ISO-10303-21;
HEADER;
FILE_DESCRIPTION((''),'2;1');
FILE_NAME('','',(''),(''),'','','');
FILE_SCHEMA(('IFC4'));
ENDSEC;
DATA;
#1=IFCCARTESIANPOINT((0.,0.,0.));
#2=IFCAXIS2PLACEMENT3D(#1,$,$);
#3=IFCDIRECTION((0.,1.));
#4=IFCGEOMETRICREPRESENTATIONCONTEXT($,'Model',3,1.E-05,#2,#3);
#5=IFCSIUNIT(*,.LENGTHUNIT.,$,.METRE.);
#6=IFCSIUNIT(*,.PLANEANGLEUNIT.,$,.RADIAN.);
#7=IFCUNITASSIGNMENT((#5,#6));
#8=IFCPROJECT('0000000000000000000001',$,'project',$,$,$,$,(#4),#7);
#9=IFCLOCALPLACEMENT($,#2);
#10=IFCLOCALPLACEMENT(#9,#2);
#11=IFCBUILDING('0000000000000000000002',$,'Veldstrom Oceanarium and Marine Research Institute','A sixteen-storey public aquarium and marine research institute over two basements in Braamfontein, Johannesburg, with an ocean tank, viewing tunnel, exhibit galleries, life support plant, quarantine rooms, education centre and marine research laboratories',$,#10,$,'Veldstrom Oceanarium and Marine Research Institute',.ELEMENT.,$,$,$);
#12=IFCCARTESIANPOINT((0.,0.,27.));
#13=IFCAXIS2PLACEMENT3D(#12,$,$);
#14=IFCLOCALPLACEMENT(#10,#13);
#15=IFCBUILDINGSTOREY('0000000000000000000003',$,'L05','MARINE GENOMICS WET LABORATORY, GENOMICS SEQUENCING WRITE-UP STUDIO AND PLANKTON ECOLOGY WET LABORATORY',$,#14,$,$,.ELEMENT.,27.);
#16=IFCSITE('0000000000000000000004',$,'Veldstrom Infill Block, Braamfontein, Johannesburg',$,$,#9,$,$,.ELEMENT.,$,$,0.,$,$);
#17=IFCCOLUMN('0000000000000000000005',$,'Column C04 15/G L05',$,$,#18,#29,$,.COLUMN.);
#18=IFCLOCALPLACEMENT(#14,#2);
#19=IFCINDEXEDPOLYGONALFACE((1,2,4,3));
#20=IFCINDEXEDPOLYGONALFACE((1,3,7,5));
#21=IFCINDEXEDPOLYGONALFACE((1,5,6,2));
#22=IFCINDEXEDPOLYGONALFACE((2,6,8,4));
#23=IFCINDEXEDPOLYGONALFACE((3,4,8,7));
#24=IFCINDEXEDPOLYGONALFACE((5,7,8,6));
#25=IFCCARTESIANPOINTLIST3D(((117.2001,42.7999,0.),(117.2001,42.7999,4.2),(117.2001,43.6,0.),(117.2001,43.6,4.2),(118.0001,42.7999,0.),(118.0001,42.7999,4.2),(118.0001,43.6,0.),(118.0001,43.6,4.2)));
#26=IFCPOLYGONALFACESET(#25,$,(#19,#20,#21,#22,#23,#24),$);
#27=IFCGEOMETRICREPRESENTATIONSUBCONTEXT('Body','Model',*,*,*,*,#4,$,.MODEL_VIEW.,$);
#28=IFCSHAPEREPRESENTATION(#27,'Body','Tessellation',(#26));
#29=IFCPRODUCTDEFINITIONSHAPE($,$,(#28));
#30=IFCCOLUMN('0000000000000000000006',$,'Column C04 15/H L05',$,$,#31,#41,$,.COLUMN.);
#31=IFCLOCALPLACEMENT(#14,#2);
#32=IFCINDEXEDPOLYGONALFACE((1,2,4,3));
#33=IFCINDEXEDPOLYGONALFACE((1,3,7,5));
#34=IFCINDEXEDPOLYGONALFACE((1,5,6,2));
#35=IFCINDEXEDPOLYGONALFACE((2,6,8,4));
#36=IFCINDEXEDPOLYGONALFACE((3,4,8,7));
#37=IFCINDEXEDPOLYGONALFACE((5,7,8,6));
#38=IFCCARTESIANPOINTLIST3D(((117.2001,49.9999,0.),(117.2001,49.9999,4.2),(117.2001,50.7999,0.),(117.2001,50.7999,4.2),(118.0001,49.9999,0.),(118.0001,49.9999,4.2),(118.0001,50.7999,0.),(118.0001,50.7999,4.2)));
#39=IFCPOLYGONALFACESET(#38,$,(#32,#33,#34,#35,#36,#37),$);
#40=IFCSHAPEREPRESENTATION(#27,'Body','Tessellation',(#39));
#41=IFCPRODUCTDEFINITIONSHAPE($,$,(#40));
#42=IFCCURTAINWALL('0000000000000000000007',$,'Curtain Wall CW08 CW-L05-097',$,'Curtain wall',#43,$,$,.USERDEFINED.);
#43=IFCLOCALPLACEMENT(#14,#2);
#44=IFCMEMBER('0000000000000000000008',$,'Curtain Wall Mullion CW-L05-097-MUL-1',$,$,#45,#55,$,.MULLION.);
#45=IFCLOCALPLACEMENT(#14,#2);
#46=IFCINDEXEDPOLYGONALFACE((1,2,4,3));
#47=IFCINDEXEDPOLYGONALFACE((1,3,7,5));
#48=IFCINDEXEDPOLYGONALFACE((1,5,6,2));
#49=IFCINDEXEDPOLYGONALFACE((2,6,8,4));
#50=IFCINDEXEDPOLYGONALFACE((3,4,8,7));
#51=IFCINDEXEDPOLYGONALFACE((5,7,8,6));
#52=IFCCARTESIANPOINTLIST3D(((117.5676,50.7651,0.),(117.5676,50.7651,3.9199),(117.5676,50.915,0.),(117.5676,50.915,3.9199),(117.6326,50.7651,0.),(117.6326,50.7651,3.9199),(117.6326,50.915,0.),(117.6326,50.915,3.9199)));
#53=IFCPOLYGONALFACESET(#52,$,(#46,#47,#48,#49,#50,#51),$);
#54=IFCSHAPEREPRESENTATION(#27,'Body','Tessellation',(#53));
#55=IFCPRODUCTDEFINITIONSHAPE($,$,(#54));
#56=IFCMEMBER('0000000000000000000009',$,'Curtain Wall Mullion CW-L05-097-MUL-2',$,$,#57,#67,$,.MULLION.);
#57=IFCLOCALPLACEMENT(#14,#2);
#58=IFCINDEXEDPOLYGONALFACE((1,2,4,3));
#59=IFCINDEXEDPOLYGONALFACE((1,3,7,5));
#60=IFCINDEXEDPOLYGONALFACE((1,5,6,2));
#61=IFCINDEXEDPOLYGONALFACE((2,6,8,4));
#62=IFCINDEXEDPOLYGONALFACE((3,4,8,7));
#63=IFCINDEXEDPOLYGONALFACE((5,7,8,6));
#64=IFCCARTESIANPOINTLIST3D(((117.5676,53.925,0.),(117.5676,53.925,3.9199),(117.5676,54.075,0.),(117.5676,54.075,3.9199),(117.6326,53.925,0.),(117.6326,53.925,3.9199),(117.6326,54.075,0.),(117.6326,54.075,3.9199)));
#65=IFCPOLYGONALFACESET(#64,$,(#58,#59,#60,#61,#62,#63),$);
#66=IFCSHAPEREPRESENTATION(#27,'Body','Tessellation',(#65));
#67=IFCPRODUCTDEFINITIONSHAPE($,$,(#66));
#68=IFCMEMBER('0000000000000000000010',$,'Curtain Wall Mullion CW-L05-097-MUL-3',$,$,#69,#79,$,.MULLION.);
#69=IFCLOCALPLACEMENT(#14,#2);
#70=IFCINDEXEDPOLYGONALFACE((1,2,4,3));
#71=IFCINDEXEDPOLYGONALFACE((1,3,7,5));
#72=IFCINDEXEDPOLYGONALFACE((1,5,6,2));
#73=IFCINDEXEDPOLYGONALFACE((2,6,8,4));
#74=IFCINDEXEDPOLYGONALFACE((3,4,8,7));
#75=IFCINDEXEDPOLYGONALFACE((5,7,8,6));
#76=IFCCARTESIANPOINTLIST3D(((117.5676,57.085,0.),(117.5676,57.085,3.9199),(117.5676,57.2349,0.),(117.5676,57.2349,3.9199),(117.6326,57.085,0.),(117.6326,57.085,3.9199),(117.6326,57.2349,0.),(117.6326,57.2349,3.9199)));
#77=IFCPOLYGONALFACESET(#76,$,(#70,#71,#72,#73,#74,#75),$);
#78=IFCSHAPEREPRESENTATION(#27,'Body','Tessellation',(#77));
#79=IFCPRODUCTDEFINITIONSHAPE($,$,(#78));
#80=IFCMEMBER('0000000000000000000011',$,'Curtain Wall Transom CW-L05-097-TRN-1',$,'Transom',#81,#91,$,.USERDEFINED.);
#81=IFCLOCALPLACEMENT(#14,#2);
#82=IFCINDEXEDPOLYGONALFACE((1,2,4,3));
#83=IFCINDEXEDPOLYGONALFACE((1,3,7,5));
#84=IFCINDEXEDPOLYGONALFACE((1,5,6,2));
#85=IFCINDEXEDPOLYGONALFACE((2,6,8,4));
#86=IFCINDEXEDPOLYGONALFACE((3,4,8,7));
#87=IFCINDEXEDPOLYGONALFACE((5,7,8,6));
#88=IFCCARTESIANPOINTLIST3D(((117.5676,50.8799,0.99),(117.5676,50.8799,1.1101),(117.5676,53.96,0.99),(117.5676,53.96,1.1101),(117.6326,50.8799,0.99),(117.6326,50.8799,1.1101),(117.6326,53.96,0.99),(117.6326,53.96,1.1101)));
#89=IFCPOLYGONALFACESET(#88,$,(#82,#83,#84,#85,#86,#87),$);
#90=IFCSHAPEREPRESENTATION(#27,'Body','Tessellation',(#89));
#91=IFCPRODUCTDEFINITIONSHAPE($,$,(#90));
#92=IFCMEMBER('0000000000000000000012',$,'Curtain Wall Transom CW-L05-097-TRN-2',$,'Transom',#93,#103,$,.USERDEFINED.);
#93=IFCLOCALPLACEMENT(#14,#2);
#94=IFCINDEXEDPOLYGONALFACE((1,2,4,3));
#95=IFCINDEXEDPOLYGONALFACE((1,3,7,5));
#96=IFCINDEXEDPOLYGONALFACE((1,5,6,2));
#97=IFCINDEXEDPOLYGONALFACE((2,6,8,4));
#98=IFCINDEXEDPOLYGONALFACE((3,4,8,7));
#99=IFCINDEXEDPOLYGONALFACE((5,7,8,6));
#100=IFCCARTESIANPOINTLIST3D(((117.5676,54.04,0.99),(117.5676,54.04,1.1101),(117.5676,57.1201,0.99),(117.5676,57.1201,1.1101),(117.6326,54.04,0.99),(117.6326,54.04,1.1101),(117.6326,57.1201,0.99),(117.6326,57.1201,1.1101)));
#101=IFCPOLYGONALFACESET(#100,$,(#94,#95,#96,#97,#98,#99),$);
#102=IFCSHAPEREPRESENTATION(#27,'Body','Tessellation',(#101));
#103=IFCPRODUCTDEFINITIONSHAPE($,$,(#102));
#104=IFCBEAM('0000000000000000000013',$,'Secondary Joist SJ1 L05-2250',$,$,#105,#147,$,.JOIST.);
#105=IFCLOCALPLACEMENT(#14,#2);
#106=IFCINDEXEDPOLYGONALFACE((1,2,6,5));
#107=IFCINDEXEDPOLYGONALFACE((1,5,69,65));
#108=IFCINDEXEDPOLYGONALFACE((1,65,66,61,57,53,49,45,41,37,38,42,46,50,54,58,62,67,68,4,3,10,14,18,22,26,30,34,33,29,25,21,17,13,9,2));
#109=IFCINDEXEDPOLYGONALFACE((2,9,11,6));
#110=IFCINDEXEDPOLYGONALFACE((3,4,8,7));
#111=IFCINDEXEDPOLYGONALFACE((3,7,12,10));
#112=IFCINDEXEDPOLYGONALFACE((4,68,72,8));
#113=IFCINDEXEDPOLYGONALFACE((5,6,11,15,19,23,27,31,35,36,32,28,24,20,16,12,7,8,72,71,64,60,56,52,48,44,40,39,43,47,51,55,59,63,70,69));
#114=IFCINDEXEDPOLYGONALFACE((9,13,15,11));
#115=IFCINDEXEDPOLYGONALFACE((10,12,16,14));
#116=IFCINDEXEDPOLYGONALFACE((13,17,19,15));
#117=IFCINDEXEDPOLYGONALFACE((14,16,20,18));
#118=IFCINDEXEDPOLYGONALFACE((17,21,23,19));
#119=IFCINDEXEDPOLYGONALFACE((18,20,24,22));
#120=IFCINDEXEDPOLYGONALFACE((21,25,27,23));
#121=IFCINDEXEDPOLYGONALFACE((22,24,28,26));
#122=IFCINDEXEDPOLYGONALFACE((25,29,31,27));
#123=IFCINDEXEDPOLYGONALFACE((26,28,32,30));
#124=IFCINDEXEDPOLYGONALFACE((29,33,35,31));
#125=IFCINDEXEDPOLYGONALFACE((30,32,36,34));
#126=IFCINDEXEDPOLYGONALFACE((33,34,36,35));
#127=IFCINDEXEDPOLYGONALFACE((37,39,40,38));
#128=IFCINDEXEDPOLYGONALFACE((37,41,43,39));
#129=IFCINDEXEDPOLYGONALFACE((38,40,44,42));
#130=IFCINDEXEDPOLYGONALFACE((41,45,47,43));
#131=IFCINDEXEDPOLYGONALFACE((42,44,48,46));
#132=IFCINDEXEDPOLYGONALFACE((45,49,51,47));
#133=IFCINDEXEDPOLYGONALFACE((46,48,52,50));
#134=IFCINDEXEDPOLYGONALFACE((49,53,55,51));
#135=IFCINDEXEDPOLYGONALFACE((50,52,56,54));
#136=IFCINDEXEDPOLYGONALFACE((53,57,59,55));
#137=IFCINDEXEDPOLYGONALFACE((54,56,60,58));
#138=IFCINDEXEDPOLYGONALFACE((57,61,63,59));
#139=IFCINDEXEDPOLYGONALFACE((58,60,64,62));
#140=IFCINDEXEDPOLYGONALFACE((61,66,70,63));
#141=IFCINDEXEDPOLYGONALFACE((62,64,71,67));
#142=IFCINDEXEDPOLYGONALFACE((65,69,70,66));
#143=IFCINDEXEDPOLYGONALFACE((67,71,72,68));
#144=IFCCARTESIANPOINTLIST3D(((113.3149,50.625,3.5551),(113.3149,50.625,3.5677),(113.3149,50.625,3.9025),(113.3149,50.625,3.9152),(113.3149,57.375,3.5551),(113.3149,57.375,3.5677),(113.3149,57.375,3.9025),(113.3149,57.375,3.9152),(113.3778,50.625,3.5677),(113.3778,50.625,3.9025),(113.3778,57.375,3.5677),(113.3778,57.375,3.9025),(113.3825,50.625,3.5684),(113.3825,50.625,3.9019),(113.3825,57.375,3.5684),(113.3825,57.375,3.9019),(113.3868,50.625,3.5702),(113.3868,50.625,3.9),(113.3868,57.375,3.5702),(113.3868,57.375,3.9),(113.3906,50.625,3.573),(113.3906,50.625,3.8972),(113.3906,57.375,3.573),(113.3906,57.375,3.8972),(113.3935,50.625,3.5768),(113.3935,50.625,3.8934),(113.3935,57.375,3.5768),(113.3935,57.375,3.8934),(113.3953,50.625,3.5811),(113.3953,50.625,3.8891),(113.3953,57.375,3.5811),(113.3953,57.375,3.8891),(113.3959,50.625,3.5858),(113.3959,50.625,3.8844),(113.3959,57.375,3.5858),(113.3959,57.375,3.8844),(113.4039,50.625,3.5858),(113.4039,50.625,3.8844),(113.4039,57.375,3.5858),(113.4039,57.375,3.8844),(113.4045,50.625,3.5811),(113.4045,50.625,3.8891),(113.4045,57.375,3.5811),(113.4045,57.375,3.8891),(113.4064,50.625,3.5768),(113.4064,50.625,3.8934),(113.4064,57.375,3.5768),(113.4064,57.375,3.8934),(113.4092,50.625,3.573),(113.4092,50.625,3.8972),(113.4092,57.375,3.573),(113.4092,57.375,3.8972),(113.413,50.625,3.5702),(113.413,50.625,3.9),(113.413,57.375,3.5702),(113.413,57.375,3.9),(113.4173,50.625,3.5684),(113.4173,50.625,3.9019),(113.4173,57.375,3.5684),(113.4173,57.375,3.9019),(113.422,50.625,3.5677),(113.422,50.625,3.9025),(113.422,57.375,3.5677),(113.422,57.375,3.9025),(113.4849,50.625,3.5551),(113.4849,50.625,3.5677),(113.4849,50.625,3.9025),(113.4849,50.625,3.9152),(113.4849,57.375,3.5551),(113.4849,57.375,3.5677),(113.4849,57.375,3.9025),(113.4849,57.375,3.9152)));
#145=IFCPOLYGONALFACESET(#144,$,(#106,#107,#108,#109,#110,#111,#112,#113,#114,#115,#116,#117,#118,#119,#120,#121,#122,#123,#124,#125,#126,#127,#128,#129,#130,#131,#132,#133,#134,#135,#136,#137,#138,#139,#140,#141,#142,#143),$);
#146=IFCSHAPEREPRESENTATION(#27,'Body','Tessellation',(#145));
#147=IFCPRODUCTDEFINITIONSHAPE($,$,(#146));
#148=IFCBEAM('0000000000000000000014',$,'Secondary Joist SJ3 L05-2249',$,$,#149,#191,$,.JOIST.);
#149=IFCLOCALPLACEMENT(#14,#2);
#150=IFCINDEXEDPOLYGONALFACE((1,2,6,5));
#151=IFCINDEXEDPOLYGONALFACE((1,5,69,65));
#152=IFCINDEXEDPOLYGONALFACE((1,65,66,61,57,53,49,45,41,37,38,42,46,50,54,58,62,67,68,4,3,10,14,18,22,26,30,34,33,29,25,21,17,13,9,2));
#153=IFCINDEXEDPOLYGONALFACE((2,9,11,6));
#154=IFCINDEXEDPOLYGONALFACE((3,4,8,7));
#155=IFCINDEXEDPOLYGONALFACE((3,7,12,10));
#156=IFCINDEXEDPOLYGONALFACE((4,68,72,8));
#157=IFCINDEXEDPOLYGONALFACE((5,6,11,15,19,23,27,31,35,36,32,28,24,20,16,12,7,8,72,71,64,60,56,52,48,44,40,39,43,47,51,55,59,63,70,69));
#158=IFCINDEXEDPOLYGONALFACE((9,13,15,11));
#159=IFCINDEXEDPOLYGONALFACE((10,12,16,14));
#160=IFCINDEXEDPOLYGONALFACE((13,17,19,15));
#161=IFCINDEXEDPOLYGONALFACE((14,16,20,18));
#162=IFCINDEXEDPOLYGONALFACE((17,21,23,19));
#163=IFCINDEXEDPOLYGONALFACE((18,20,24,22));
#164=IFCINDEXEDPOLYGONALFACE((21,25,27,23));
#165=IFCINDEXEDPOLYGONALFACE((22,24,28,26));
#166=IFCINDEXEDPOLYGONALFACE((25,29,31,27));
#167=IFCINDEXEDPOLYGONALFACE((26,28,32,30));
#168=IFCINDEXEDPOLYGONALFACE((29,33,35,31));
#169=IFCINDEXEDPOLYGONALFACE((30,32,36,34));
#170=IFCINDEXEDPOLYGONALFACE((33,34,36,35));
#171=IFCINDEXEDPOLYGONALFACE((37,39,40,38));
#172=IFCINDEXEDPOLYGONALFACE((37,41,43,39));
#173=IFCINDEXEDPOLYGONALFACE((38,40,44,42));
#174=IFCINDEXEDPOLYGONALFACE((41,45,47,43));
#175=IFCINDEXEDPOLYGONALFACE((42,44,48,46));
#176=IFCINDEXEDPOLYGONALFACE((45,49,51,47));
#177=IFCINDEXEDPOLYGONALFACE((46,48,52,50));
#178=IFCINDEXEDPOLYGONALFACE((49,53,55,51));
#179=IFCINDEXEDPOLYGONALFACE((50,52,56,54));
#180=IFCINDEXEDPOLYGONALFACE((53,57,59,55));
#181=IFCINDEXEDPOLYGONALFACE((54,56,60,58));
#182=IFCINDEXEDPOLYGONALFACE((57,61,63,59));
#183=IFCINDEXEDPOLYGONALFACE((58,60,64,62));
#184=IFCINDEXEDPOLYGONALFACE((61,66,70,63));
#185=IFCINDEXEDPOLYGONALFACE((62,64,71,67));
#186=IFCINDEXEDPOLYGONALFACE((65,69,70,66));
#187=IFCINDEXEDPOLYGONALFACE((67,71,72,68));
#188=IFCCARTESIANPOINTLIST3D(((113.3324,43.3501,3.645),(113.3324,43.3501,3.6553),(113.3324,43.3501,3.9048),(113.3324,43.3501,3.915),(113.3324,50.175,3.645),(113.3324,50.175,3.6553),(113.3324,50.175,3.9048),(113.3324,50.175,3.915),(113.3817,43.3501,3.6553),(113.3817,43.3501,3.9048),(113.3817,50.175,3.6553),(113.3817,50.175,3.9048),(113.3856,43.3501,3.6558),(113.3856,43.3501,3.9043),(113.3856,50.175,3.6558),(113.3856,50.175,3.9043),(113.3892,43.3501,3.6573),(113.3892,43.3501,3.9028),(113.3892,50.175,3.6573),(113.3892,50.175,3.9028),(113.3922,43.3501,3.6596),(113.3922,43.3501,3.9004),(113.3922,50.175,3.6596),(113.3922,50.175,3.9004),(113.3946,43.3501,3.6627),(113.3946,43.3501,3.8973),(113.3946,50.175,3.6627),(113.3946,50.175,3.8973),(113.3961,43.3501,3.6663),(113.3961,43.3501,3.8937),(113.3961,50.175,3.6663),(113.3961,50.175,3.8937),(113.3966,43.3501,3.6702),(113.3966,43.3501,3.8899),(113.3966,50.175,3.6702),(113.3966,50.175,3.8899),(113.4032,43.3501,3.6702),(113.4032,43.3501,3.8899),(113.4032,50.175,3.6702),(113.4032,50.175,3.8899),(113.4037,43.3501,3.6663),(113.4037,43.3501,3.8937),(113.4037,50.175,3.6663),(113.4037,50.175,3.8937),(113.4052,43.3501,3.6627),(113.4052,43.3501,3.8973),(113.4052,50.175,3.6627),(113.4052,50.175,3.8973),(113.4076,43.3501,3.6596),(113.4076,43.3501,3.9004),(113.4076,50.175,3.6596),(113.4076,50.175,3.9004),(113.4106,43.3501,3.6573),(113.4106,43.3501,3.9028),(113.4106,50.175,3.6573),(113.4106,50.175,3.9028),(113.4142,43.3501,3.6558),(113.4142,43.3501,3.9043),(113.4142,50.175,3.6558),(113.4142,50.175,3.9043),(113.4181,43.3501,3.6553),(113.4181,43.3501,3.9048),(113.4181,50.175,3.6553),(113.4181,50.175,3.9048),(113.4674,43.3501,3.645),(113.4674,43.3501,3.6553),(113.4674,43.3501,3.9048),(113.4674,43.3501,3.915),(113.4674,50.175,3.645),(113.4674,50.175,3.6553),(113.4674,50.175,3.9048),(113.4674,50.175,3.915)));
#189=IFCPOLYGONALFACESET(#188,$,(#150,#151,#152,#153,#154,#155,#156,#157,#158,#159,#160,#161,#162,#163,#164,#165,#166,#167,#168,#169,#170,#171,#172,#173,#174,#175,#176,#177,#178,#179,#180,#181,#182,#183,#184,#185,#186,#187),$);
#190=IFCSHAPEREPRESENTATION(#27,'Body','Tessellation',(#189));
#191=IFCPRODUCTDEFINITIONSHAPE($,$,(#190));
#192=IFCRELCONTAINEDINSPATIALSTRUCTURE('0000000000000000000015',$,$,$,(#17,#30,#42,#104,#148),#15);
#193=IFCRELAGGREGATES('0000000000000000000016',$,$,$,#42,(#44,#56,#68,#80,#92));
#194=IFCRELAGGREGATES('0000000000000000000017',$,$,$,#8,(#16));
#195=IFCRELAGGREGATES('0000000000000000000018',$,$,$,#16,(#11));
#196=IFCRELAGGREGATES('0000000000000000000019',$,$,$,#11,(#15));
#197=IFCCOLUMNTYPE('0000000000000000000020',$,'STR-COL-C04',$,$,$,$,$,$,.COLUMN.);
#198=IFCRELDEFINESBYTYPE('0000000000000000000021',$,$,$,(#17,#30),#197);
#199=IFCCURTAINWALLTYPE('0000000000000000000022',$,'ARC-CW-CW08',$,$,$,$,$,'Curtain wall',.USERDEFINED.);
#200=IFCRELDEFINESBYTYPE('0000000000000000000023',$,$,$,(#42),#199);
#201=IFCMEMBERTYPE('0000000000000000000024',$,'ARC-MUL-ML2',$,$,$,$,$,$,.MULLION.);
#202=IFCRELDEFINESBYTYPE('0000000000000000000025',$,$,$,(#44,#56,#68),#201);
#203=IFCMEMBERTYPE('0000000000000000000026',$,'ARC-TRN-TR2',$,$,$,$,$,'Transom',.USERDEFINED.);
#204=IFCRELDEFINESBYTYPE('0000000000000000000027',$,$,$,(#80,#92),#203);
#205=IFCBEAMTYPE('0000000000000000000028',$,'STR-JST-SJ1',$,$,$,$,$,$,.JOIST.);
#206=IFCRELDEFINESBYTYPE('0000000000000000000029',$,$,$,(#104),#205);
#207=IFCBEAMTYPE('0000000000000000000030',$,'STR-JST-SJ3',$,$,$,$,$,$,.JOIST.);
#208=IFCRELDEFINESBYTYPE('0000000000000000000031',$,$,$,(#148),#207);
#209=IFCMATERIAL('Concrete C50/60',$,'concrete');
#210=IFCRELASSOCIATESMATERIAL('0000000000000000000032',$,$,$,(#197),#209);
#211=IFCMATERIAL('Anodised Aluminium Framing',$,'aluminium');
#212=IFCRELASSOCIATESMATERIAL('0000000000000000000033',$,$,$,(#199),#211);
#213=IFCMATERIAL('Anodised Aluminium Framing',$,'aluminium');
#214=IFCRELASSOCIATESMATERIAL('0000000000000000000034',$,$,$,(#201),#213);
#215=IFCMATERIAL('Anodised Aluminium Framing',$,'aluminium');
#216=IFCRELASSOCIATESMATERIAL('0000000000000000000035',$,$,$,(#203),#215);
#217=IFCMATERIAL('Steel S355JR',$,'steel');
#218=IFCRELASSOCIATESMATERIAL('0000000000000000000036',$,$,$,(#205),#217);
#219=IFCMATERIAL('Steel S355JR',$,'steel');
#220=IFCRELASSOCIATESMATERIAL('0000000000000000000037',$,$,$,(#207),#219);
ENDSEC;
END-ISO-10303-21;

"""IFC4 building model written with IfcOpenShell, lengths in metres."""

from ifc_helpers import new_model, si_unit, direction, frame, origin, origin_2d, place, context, subcontext, project, spatial, rectangle, i_section, extrude, material, material_profile, profile_set, type_object, element, aggregate, save


model = new_model("IFC4")

# Units and contexts
model_context = context("Model", 3, precision=1e-05, world=origin(), true_north=direction((0.0, 1.0)))
body_context = subcontext(model_context, "Body", "Model", "MODEL_VIEW")
ifc_project = project(units=[si_unit("LENGTHUNIT", "METRE"), si_unit("PLANEANGLEUNIT", "RADIAN")], contexts=[model_context])

# Site, building, storey
site_placement = place(None, origin())
site = spatial("IfcSite", under=ifc_project, at=site_placement, Name="Veldstrom Infill Block, Braamfontein, Johannesburg", CompositionType="ELEMENT", RefElevation=0.0)
building_placement = place(site_placement, origin())
building = spatial("IfcBuilding", under=site, at=building_placement, Name="Veldstrom Oceanarium and Marine Research Institute", Description="A sixteen-storey public aquarium and marine research institute over two basements in Braamfontein, Johannesburg, with an ocean tank, viewing tunnel, exhibit galleries, life support plant, quarantine rooms, education centre and marine research laboratories", LongName="Veldstrom Oceanarium and Marine Research Institute", CompositionType="ELEMENT")
storey_placement = place(building_placement, frame((0.0, 0.0, 27.0)))
storey = spatial("IfcBuildingStorey", under=building, at=storey_placement, Name="L05", Description="MARINE GENOMICS WET LABORATORY, GENOMICS SEQUENCING WRITE-UP STUDIO AND PLANKTON ECOLOGY WET LABORATORY", CompositionType="ELEMENT", Elevation=27.0)

# Columns
ifc_material_1 = material(Name="Concrete C50/60", Category="concrete")
ifc_material_profile_1 = material_profile(ifc_material_1, rectangle(XDim=0.8, YDim=0.8, at=origin_2d()), Name="RC-COL-800x800")
ifc_profile_set_1 = profile_set([ifc_material_profile_1], Name="Concrete C50/60")
column_type = type_object("IfcColumnType", Name="STR-COL-C04", PredefinedType="COLUMN", material=ifc_profile_set_1)
for number, where, z_axis, x_axis, name in (
    (1, (117.6001, 43.2, 0.0), (0.0, 0.0, 1.0), (1.0, 0.0, 0.0), "Column C04 15/G L05"),
    (2, (117.6001, 50.3999, 0.0), (0.0, 0.0, 1.0), (1.0, 0.0, 0.0), "Column C04 15/H L05"),
):
    element("IfcColumn", number, at=place(storey_placement, frame(where, z_axis=z_axis, x_axis=x_axis)), inside=storey, type_object=column_type, Name=name, PredefinedType="COLUMN", context=body_context, shape_type="SweptSolid", body=[
        extrude(rectangle(XDim=0.8, YDim=0.8, at=origin_2d()), origin(), (0.0, 0.0, 1.0), 4.2),
    ])

# Curtain wall, members
ifc_material_2 = material(Name="Anodised Aluminium Framing", Category="aluminium")
curtain_wall_type = type_object("IfcCurtainWallType", Name="ARC-CW-CW08", ElementType="Curtain wall", PredefinedType="USERDEFINED", material=ifc_material_2)
curtain_wall_placement = place(storey_placement, origin())
curtain_wall = element("IfcCurtainWall", 3, at=curtain_wall_placement, inside=storey, type_object=curtain_wall_type, Name="Curtain Wall CW08 CW-L05-097", ObjectType="Curtain wall", PredefinedType="USERDEFINED")
ifc_material_3 = material(Name="Anodised Aluminium Framing", Category="aluminium")
ifc_material_profile_2 = material_profile(ifc_material_3, rectangle(XDim=0.0649, YDim=0.1499, at=origin_2d()), Name="ALU-MUL-65x150")
ifc_profile_set_2 = profile_set([ifc_material_profile_2], Name="Anodised Aluminium Framing")
member_type_1 = type_object("IfcMemberType", Name="ARC-MUL-ML2", PredefinedType="MULLION", material=ifc_profile_set_2)
member_1_placement = place(storey_placement, frame((117.6001, 50.8401, 0.0), z_axis=(0.0, 0.0, 1.0), x_axis=(1.0, 0.0, 0.0)))
member_1 = element("IfcMember", 4, at=member_1_placement, type_object=member_type_1, Name="Curtain Wall Mullion CW-L05-097-MUL-1", PredefinedType="MULLION", context=body_context, shape_type="SweptSolid", body=[
    extrude(rectangle(XDim=0.0649, YDim=0.1499, at=origin_2d()), origin(), (0.0, 0.0, 1.0), 3.9199),
])
member_2_placement = place(storey_placement, frame((117.6001, 54.0, 0.0), z_axis=(0.0, 0.0, 1.0), x_axis=(1.0, 0.0, 0.0)))
member_2 = element("IfcMember", 5, at=member_2_placement, type_object=member_type_1, Name="Curtain Wall Mullion CW-L05-097-MUL-2", PredefinedType="MULLION", context=body_context, shape_type="SweptSolid", body=[
    extrude(rectangle(XDim=0.0649, YDim=0.1499, at=origin_2d()), origin(), (0.0, 0.0, 1.0), 3.9199),
])
member_3_placement = place(storey_placement, frame((117.6001, 57.1599, 0.0), z_axis=(0.0, 0.0, 1.0), x_axis=(1.0, 0.0, 0.0)))
member_3 = element("IfcMember", 6, at=member_3_placement, type_object=member_type_1, Name="Curtain Wall Mullion CW-L05-097-MUL-3", PredefinedType="MULLION", context=body_context, shape_type="SweptSolid", body=[
    extrude(rectangle(XDim=0.0649, YDim=0.1499, at=origin_2d()), origin(), (0.0, 0.0, 1.0), 3.9199),
])
ifc_material_4 = material(Name="Anodised Aluminium Framing", Category="aluminium")
ifc_material_profile_3 = material_profile(ifc_material_4, rectangle(XDim=0.0649, YDim=0.1201, at=origin_2d()), Name="ALU-TRN-65x120")
ifc_profile_set_3 = profile_set([ifc_material_profile_3], Name="Anodised Aluminium Framing")
member_type_2 = type_object("IfcMemberType", Name="ARC-TRN-TR2", ElementType="Transom", PredefinedType="USERDEFINED", material=ifc_profile_set_3)
member_4_placement = place(storey_placement, frame((117.6001, 50.8799, 1.05), z_axis=(0.0, 1.0, 0.0), x_axis=(-1.0, 0.0, 0.0)))
member_4 = element("IfcMember", 7, at=member_4_placement, type_object=member_type_2, Name="Curtain Wall Transom CW-L05-097-TRN-1", ObjectType="Transom", PredefinedType="USERDEFINED", context=body_context, shape_type="SweptSolid", body=[
    extrude(rectangle(XDim=0.0649, YDim=0.1201, at=origin_2d()), origin(), (0.0, 0.0, 1.0), 3.0801),
])
member_5_placement = place(storey_placement, frame((117.6001, 54.04, 1.05), z_axis=(0.0, 1.0, 0.0), x_axis=(-1.0, 0.0, 0.0)))
member_5 = element("IfcMember", 8, at=member_5_placement, type_object=member_type_2, Name="Curtain Wall Transom CW-L05-097-TRN-2", ObjectType="Transom", PredefinedType="USERDEFINED", context=body_context, shape_type="SweptSolid", body=[
    extrude(rectangle(XDim=0.0649, YDim=0.1201, at=origin_2d()), origin(), (0.0, 0.0, 1.0), 3.0801),
])

# Beams
ifc_material_5 = material(Name="Steel S355JR", Category="steel")
ifc_material_profile_4 = material_profile(ifc_material_5, i_section(OverallWidth=0.1699, OverallDepth=0.3601, WebThickness=0.0081, FlangeThickness=0.0127, FilletRadius=0.0181, at=origin_2d()), Name="IPE 360")
ifc_profile_set_4 = profile_set([ifc_material_profile_4], Name="Steel S355JR")
beam_type_1 = type_object("IfcBeamType", Name="STR-JST-SJ1", PredefinedType="JOIST", material=ifc_profile_set_4)
beam_1_placement = place(storey_placement, frame((113.3999, 50.625, 3.7351), z_axis=(0.0, 1.0, 0.0), x_axis=(-1.0, 0.0, 0.0)))
element("IfcBeam", 9, at=beam_1_placement, inside=storey, type_object=beam_type_1, Name="Secondary Joist SJ1 L05-2250", PredefinedType="JOIST", context=body_context, shape_type="SweptSolid", body=[
    extrude(i_section(OverallWidth=0.1699, OverallDepth=0.3601, WebThickness=0.0081, FlangeThickness=0.0127, FilletRadius=0.0181, at=origin_2d()), origin(), (0.0, 0.0, 1.0), 6.75),
])
ifc_material_6 = material(Name="Steel S355JR", Category="steel")
ifc_material_profile_5 = material_profile(ifc_material_6, i_section(OverallWidth=0.135, OverallDepth=0.27, WebThickness=0.0066, FlangeThickness=0.0103, FilletRadius=0.0149, at=origin_2d()), Name="IPE 270")
ifc_profile_set_5 = profile_set([ifc_material_profile_5], Name="Steel S355JR")
beam_type_2 = type_object("IfcBeamType", Name="STR-JST-SJ3", PredefinedType="JOIST", material=ifc_profile_set_5)
beam_2_placement = place(storey_placement, frame((113.3999, 43.3501, 3.78), z_axis=(0.0, 1.0, 0.0), x_axis=(-1.0, 0.0, 0.0)))
element("IfcBeam", 10, at=beam_2_placement, inside=storey, type_object=beam_type_2, Name="Secondary Joist SJ3 L05-2249", PredefinedType="JOIST", context=body_context, shape_type="SweptSolid", body=[
    extrude(i_section(OverallWidth=0.135, OverallDepth=0.27, WebThickness=0.0066, FlangeThickness=0.0103, FilletRadius=0.0149, at=origin_2d()), origin(), (0.0, 0.0, 1.0), 6.825),
])

aggregate(curtain_wall, [member_1, member_2, member_3, member_4, member_5])

save(model, "model.ifc")
